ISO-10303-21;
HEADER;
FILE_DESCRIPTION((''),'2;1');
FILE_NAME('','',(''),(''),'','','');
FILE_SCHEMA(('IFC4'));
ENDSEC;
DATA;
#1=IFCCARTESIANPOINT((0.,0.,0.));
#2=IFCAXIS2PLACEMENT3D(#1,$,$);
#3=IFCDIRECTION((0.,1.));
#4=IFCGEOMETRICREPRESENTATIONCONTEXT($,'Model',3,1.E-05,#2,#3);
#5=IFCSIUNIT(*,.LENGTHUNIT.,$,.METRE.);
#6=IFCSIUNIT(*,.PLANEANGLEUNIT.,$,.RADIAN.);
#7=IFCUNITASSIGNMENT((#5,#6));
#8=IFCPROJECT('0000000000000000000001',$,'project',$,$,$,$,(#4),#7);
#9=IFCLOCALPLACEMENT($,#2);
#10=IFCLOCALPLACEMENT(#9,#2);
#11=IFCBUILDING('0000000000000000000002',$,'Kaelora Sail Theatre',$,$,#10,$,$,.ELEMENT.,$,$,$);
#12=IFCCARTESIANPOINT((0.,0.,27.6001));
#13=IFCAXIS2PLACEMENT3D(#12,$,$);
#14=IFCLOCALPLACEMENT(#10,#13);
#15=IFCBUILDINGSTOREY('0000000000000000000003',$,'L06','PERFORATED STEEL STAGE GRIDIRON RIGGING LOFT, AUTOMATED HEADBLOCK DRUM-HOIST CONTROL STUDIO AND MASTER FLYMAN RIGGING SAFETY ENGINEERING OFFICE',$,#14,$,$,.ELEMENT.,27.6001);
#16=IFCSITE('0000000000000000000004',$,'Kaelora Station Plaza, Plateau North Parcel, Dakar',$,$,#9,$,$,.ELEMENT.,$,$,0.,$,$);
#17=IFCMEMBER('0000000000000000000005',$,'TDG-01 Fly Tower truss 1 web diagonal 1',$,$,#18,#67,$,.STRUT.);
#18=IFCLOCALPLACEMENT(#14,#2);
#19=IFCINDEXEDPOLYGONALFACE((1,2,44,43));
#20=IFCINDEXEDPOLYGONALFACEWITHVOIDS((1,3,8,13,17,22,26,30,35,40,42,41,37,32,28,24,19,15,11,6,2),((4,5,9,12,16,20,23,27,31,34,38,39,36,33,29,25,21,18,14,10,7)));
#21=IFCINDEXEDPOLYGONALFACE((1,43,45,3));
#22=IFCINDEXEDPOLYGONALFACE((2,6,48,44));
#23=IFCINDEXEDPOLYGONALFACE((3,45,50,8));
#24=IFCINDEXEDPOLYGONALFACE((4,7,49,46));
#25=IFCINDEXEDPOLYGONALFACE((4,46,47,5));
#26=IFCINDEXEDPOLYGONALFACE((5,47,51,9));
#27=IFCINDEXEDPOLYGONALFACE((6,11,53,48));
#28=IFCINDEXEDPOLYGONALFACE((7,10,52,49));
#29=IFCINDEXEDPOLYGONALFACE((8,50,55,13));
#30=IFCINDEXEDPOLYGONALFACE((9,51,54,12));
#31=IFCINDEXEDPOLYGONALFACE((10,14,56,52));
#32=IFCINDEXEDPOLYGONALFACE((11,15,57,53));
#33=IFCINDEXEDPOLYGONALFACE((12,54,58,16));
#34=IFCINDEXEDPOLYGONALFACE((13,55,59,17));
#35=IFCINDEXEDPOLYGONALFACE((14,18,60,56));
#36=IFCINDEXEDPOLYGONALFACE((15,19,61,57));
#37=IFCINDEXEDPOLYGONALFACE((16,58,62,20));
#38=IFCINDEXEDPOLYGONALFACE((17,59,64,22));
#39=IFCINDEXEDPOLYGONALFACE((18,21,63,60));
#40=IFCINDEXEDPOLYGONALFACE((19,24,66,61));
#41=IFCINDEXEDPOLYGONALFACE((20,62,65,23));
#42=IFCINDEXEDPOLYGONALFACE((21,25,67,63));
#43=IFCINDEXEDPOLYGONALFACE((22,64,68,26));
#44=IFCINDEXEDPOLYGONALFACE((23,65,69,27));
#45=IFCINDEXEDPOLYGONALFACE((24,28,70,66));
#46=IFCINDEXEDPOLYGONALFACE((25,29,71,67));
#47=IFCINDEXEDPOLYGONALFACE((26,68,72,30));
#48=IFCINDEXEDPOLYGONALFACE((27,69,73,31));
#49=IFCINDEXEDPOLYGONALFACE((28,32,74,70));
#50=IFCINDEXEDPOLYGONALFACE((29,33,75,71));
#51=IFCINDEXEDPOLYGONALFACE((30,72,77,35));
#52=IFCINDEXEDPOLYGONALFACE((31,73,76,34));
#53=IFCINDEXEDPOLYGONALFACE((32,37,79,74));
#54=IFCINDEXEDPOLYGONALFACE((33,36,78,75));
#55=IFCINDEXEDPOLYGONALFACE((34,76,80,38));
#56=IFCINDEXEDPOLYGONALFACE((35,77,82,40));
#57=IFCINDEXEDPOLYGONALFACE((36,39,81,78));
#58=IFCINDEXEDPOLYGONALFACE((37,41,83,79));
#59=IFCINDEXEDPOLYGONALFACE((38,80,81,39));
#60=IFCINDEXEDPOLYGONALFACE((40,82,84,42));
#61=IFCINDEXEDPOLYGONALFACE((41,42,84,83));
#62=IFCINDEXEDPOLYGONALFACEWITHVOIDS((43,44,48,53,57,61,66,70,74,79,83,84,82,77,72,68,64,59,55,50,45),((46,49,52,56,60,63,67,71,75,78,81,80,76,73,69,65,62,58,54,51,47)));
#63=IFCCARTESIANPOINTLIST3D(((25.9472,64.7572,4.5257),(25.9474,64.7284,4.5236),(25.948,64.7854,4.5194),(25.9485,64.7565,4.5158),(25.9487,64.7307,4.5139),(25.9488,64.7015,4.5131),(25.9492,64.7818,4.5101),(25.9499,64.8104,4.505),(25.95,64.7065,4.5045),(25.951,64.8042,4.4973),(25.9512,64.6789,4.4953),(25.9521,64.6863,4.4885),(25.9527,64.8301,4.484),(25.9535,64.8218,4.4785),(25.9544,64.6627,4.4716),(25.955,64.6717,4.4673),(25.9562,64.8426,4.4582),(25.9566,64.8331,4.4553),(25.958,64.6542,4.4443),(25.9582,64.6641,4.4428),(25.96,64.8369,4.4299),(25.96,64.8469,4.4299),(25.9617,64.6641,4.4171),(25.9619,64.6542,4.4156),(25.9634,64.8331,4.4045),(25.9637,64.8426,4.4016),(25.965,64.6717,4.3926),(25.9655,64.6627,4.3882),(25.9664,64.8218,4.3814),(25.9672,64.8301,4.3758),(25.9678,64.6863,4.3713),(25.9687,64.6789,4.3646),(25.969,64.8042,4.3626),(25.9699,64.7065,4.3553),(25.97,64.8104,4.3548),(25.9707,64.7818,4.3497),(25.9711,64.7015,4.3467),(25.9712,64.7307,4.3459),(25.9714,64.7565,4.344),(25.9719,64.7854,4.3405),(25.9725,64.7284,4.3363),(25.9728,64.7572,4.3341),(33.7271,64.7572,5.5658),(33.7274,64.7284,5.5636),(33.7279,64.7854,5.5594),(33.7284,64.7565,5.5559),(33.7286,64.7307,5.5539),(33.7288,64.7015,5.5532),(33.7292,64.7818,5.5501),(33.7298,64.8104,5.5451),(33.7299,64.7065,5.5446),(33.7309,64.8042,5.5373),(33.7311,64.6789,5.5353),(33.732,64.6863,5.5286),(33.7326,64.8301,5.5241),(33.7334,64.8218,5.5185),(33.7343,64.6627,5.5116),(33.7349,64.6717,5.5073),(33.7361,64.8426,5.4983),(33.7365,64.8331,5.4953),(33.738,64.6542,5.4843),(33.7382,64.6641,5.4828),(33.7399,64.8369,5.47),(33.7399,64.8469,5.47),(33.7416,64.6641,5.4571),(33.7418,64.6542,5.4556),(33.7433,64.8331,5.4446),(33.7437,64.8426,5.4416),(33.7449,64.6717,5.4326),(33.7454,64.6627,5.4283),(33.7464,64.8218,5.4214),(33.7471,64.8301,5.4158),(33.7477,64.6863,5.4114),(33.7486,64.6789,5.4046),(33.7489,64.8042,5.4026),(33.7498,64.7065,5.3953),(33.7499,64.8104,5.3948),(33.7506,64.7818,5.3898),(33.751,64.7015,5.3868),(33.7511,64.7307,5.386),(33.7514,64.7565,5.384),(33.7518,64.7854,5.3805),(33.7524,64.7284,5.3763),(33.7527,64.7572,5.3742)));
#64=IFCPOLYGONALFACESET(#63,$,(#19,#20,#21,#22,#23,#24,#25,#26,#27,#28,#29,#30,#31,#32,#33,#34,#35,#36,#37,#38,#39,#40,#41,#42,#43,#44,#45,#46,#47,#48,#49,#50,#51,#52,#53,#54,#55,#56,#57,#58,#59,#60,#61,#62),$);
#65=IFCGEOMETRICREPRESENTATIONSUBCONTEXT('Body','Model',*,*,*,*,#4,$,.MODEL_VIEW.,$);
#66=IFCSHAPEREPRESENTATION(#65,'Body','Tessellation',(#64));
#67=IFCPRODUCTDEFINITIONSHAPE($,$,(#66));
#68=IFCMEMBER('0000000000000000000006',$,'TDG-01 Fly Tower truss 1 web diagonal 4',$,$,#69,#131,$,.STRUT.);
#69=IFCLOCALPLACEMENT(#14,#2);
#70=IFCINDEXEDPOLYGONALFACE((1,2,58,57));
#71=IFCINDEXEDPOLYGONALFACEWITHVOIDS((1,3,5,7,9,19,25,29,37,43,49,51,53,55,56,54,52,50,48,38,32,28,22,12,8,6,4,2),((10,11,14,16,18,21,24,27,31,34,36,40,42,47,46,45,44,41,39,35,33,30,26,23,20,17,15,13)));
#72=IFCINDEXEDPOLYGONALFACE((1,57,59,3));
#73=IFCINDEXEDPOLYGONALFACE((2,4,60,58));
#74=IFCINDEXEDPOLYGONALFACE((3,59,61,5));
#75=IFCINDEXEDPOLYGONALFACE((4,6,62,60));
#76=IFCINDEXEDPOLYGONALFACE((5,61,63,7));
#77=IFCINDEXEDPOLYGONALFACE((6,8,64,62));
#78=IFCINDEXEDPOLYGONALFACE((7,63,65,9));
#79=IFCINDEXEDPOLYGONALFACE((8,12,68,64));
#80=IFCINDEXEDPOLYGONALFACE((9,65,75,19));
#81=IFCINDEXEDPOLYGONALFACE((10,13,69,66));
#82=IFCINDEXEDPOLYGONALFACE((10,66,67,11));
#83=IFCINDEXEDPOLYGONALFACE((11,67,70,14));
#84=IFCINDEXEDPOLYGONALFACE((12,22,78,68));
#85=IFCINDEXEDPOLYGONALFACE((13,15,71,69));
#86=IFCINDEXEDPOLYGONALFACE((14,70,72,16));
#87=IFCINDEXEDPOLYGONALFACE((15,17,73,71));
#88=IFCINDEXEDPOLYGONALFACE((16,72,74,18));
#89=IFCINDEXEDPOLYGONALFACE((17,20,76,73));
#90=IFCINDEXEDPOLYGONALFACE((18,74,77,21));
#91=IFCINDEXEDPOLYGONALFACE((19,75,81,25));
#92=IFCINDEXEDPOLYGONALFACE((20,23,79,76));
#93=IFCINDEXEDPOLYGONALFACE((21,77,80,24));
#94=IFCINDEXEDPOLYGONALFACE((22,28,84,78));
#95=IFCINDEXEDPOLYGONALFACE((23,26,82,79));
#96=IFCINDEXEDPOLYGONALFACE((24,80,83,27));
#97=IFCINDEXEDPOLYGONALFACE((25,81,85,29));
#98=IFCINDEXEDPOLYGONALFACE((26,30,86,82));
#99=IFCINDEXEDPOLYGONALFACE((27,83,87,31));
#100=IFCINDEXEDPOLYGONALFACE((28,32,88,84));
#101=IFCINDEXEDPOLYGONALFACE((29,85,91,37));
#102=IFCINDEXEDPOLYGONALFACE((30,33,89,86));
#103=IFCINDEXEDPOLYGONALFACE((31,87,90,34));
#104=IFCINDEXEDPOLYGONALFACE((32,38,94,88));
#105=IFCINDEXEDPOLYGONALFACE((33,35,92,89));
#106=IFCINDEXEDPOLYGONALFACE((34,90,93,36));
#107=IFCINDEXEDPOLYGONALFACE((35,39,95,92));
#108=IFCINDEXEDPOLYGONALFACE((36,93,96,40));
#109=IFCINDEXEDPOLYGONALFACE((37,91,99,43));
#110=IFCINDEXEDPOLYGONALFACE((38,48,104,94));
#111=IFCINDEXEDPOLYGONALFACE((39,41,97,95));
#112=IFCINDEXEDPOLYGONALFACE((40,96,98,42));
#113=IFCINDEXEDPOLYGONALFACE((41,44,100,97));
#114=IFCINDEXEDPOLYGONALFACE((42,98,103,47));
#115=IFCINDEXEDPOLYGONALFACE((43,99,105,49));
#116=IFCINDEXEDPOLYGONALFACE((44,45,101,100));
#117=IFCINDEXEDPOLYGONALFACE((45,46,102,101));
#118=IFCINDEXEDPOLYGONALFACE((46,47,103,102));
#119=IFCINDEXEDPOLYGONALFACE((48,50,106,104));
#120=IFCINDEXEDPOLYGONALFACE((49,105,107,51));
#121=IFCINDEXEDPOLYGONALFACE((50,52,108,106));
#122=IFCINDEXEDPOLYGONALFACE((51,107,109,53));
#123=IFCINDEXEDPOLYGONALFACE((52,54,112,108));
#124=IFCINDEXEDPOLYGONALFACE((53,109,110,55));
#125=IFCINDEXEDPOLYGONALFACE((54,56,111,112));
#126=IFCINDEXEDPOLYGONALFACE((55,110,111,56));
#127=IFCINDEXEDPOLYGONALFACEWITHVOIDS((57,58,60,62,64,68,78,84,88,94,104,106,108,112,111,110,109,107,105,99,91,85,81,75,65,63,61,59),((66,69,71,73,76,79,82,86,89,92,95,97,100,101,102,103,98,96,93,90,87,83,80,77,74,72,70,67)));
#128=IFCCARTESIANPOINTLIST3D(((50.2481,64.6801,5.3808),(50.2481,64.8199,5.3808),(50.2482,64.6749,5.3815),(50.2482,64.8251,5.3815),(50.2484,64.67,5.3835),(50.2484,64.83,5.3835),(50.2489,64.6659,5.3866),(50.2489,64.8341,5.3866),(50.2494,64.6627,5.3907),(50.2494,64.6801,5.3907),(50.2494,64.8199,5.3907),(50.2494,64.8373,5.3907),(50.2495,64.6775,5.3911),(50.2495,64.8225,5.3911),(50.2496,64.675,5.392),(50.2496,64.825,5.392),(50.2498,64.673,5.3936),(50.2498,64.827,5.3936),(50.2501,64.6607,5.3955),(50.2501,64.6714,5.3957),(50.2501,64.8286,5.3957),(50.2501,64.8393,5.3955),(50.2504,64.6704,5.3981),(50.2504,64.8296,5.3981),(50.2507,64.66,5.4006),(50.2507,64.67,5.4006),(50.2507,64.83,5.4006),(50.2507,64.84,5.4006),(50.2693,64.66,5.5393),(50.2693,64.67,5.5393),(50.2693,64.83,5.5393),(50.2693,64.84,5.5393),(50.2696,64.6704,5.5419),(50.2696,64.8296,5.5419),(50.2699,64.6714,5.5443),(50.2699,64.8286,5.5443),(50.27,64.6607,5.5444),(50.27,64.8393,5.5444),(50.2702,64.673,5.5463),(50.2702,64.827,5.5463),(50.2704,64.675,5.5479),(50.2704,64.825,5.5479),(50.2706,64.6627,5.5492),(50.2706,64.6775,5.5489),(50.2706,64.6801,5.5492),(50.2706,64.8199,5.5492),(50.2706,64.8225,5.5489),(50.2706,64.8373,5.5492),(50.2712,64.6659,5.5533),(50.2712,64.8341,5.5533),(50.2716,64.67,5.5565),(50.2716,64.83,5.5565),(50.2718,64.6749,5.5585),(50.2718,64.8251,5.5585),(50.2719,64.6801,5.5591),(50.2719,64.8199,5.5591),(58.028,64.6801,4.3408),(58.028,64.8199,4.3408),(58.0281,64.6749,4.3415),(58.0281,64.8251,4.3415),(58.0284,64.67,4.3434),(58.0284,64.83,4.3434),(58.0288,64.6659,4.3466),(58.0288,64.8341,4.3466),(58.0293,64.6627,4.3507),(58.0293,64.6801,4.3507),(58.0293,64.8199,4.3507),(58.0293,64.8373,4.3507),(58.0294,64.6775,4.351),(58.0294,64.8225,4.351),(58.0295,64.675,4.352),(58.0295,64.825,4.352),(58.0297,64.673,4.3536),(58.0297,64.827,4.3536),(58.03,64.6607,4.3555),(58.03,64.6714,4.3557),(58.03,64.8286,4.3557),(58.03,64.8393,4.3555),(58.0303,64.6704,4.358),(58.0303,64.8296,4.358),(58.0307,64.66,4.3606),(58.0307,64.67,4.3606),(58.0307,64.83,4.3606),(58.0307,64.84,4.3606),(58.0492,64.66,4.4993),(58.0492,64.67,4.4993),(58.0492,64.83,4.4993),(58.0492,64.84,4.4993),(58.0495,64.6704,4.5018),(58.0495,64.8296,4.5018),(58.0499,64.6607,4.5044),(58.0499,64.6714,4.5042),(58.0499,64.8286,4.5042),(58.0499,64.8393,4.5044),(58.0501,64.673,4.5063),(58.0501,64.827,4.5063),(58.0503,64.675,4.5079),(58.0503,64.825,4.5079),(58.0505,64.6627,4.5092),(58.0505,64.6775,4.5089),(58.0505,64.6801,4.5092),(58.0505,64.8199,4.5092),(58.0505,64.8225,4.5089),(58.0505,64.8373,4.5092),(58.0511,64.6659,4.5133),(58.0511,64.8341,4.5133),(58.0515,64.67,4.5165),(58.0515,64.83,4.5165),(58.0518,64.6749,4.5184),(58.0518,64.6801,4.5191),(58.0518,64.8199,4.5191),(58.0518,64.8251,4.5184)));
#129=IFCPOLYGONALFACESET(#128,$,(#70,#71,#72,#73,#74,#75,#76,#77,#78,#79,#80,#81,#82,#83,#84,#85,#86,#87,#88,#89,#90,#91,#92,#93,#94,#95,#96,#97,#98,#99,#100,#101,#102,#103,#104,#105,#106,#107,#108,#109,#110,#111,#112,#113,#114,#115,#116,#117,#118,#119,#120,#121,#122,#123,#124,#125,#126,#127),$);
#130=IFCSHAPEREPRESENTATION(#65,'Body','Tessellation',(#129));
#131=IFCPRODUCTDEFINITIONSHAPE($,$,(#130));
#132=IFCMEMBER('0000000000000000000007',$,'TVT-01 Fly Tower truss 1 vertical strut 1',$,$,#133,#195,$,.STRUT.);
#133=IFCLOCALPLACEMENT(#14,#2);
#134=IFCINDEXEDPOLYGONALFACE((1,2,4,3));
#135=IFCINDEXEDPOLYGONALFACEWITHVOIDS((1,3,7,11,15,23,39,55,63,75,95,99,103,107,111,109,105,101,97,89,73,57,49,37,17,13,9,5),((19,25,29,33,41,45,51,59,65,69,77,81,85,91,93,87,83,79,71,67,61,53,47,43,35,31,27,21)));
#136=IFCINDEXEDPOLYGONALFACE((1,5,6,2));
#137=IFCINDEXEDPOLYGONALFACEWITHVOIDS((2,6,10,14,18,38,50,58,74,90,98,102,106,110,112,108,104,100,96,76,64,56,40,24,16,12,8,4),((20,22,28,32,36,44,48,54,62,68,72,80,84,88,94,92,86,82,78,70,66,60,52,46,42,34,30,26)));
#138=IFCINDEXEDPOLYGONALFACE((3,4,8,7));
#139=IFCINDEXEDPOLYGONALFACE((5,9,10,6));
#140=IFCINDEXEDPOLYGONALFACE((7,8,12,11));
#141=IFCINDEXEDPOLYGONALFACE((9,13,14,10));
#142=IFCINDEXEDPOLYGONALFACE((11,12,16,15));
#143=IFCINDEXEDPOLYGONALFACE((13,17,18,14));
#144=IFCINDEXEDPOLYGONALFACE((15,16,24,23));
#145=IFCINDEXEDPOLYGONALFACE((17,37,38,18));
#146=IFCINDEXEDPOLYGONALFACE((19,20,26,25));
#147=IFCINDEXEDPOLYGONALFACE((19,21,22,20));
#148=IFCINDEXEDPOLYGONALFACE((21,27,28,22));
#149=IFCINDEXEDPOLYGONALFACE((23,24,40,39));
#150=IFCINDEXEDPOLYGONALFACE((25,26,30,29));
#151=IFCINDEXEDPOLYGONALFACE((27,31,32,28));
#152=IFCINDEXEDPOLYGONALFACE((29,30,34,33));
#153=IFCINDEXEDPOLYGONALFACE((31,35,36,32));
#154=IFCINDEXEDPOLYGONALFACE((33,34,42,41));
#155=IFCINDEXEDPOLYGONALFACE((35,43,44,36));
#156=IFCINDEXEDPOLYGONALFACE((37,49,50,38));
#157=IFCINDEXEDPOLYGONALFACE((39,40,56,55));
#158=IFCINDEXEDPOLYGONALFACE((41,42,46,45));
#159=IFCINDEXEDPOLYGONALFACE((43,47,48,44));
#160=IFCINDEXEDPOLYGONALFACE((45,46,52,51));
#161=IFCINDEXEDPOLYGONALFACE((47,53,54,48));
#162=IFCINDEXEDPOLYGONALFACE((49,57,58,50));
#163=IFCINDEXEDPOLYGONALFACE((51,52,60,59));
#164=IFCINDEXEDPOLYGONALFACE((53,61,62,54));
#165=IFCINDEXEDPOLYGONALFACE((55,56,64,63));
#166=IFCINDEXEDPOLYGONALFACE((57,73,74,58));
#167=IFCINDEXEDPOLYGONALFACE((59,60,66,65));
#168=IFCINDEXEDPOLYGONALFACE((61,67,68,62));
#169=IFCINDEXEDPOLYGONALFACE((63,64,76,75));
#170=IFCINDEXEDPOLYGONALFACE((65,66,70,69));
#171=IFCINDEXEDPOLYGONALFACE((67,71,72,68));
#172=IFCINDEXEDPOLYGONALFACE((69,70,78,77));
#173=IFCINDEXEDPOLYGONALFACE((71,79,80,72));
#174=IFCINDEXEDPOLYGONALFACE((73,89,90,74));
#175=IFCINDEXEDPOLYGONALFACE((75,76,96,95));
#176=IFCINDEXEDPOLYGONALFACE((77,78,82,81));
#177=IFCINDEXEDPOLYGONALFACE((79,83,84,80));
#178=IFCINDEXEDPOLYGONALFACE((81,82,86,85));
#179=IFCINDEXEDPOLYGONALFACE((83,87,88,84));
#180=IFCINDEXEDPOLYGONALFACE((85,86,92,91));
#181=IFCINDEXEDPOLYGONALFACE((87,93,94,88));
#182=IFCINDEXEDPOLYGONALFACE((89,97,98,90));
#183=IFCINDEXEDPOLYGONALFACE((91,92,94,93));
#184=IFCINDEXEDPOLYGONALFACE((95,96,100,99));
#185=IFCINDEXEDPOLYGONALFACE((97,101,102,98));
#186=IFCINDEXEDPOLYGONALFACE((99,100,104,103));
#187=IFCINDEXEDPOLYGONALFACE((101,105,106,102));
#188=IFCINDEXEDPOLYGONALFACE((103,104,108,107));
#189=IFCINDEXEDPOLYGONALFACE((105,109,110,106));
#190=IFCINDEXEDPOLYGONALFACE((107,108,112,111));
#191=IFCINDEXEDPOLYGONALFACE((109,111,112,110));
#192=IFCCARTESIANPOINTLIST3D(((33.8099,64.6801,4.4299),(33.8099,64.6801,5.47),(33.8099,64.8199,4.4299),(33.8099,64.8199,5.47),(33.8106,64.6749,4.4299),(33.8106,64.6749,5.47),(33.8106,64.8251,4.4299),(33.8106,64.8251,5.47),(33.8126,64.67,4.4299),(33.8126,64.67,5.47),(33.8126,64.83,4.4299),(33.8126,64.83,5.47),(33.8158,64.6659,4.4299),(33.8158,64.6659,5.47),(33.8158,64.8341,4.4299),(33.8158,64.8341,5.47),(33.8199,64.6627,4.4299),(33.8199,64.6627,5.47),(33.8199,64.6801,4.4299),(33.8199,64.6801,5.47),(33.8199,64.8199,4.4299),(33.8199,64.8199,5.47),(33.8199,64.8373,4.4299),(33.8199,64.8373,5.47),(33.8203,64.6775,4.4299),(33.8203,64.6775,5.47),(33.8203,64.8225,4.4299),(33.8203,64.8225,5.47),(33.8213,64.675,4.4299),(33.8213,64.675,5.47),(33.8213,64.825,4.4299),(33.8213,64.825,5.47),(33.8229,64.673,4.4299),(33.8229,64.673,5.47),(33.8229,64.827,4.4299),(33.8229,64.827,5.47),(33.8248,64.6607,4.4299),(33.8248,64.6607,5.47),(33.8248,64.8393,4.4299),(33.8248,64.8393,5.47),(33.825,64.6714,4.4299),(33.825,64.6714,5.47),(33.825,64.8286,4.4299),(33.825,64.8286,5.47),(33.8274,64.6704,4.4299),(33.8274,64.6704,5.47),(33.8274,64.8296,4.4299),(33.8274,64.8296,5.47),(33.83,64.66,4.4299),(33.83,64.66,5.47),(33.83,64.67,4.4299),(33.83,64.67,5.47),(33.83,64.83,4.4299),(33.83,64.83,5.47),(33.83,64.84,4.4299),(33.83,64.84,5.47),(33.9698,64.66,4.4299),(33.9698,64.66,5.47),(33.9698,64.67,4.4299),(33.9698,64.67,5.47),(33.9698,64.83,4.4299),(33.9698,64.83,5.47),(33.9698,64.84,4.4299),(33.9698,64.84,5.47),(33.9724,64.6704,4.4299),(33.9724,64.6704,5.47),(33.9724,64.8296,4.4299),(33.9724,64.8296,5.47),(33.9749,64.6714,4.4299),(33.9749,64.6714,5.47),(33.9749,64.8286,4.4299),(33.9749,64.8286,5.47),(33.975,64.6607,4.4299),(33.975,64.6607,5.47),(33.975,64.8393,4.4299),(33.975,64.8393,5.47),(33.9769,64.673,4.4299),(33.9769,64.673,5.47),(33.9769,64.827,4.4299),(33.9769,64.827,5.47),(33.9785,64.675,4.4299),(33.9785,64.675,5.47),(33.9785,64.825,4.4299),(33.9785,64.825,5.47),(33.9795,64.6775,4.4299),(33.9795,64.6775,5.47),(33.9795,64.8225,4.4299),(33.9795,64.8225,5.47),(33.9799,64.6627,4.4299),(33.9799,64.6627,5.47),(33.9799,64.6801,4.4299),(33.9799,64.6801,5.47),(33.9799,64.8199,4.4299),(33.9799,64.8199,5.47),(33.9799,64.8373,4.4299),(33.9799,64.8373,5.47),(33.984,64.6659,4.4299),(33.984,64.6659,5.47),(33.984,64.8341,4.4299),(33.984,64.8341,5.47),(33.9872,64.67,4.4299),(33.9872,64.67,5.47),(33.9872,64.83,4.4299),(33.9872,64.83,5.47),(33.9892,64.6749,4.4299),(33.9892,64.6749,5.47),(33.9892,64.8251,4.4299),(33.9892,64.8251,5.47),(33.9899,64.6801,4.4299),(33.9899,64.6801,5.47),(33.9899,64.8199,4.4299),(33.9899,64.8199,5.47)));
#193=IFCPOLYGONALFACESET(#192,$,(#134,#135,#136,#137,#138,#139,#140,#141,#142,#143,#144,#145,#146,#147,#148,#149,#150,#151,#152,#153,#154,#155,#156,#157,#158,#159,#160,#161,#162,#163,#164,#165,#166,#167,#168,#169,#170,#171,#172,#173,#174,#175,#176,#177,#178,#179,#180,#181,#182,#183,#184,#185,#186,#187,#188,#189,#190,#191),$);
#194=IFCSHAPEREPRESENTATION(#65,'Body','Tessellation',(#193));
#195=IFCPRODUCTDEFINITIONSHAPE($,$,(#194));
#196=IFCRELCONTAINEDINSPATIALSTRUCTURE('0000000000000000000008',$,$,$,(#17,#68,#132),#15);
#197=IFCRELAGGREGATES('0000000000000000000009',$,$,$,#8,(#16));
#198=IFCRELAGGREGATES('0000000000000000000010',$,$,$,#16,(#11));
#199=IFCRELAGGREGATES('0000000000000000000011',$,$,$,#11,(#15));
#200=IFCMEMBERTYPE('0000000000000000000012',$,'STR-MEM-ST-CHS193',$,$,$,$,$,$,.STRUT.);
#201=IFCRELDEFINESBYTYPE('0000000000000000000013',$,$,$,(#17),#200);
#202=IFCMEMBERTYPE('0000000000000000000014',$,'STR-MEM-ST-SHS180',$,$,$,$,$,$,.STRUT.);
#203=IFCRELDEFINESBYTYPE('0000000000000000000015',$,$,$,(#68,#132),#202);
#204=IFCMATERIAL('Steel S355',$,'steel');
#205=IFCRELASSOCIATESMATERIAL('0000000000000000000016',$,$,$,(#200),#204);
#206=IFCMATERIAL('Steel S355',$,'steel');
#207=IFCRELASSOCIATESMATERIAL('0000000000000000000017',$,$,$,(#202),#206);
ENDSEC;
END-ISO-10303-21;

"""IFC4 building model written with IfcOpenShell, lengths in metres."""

from ifc_helpers import new_model, si_unit, direction, frame, origin, origin_2d, place, context, subcontext, project, spatial, hollow_rectangle, hollow_circle, extrude, material, material_profile, profile_set, type_object, element, save


model = new_model("IFC4")

# Units and contexts
model_context = context("Model", 3, precision=1e-05, world=origin(), true_north=direction((0.0, 1.0)))
body_context = subcontext(model_context, "Body", "Model", "MODEL_VIEW")
ifc_project = project(units=[si_unit("LENGTHUNIT", "METRE"), si_unit("PLANEANGLEUNIT", "RADIAN")], contexts=[model_context])

# Site, building, storey
site_placement = place(None, origin())
site = spatial("IfcSite", under=ifc_project, at=site_placement, Name="Kaelora Station Plaza, Plateau North Parcel, Dakar", CompositionType="ELEMENT", RefElevation=0.0)
building_placement = place(site_placement, origin())
building = spatial("IfcBuilding", under=site, at=building_placement, Name="Kaelora Sail Theatre", CompositionType="ELEMENT")
storey_placement = place(building_placement, frame((0.0, 0.0, 27.6001)))
storey = spatial("IfcBuildingStorey", under=building, at=storey_placement, Name="L06", Description="PERFORATED STEEL STAGE GRIDIRON RIGGING LOFT, AUTOMATED HEADBLOCK DRUM-HOIST CONTROL STUDIO AND MASTER FLYMAN RIGGING SAFETY ENGINEERING OFFICE", CompositionType="ELEMENT", Elevation=27.6001)

# Members
ifc_material_1 = material(Name="Steel S355", Category="steel")
ifc_material_profile_1 = material_profile(ifc_material_1, hollow_circle(Radius=0.0969, WallThickness=0.01, at=origin_2d()), Name="CHS 193.7x10.0")
ifc_profile_set_1 = profile_set([ifc_material_profile_1], Name="Steel S355")
member_type_1 = type_object("IfcMemberType", Name="STR-MEM-ST-CHS193", PredefinedType="STRUT", material=ifc_profile_set_1)
member_1_placement = place(storey_placement, frame((25.96, 64.75, 4.4299), z_axis=(0.991183, 0.0, 0.132502), x_axis=(0.0, 1.0, 0.0)))
element("IfcMember", 1, at=member_1_placement, inside=storey, type_object=member_type_1, Name="TDG-01 Fly Tower truss 1 web diagonal 1", PredefinedType="STRUT", context=body_context, shape_type="SweptSolid", body=[
    extrude(hollow_circle(Radius=0.0969, WallThickness=0.01, at=origin_2d()), origin(), (0.0, 0.0, 1.0), 7.8491),
])
ifc_material_2 = material(Name="Steel S355", Category="steel")
ifc_material_profile_2 = material_profile(ifc_material_2, hollow_rectangle(XDim=0.1799, YDim=0.1799, WallThickness=0.01, InnerFilletRadius=0.01, OuterFilletRadius=0.02, at=origin_2d()), Name="SHS 180x180x10.0")
ifc_profile_set_2 = profile_set([ifc_material_profile_2], Name="Steel S355")
member_type_2 = type_object("IfcMemberType", Name="STR-MEM-ST-SHS180", PredefinedType="STRUT", material=ifc_profile_set_2)
member_2_placement = place(storey_placement, frame((50.26, 64.75, 5.47), z_axis=(0.991183, 0.0, -0.132502), x_axis=(0.0, 1.0, 0.0)))
element("IfcMember", 2, at=member_2_placement, inside=storey, type_object=member_type_2, Name="TDG-01 Fly Tower truss 1 web diagonal 4", PredefinedType="STRUT", context=body_context, shape_type="SweptSolid", body=[
    extrude(hollow_rectangle(XDim=0.1799, YDim=0.1799, WallThickness=0.01, InnerFilletRadius=0.01, OuterFilletRadius=0.02, at=origin_2d()), origin(), (0.0, 0.0, 1.0), 7.8491),
])
for number, where, z_axis, x_axis, name in (
    (3, (33.8999, 64.75, 4.4299), (0.0, 0.0, 1.0), (1.0, 0.0, 0.0), "TVT-01 Fly Tower truss 1 vertical strut 1"),
):
    element("IfcMember", number, at=place(storey_placement, frame(where, z_axis=z_axis, x_axis=x_axis)), inside=storey, type_object=member_type_2, Name=name, PredefinedType="STRUT", context=body_context, shape_type="SweptSolid", body=[
        extrude(hollow_rectangle(XDim=0.1799, YDim=0.1799, WallThickness=0.01, InnerFilletRadius=0.01, OuterFilletRadius=0.02, at=origin_2d()), origin(), (0.0, 0.0, 1.0), 1.04),
    ])

save(model, "model.ifc")
